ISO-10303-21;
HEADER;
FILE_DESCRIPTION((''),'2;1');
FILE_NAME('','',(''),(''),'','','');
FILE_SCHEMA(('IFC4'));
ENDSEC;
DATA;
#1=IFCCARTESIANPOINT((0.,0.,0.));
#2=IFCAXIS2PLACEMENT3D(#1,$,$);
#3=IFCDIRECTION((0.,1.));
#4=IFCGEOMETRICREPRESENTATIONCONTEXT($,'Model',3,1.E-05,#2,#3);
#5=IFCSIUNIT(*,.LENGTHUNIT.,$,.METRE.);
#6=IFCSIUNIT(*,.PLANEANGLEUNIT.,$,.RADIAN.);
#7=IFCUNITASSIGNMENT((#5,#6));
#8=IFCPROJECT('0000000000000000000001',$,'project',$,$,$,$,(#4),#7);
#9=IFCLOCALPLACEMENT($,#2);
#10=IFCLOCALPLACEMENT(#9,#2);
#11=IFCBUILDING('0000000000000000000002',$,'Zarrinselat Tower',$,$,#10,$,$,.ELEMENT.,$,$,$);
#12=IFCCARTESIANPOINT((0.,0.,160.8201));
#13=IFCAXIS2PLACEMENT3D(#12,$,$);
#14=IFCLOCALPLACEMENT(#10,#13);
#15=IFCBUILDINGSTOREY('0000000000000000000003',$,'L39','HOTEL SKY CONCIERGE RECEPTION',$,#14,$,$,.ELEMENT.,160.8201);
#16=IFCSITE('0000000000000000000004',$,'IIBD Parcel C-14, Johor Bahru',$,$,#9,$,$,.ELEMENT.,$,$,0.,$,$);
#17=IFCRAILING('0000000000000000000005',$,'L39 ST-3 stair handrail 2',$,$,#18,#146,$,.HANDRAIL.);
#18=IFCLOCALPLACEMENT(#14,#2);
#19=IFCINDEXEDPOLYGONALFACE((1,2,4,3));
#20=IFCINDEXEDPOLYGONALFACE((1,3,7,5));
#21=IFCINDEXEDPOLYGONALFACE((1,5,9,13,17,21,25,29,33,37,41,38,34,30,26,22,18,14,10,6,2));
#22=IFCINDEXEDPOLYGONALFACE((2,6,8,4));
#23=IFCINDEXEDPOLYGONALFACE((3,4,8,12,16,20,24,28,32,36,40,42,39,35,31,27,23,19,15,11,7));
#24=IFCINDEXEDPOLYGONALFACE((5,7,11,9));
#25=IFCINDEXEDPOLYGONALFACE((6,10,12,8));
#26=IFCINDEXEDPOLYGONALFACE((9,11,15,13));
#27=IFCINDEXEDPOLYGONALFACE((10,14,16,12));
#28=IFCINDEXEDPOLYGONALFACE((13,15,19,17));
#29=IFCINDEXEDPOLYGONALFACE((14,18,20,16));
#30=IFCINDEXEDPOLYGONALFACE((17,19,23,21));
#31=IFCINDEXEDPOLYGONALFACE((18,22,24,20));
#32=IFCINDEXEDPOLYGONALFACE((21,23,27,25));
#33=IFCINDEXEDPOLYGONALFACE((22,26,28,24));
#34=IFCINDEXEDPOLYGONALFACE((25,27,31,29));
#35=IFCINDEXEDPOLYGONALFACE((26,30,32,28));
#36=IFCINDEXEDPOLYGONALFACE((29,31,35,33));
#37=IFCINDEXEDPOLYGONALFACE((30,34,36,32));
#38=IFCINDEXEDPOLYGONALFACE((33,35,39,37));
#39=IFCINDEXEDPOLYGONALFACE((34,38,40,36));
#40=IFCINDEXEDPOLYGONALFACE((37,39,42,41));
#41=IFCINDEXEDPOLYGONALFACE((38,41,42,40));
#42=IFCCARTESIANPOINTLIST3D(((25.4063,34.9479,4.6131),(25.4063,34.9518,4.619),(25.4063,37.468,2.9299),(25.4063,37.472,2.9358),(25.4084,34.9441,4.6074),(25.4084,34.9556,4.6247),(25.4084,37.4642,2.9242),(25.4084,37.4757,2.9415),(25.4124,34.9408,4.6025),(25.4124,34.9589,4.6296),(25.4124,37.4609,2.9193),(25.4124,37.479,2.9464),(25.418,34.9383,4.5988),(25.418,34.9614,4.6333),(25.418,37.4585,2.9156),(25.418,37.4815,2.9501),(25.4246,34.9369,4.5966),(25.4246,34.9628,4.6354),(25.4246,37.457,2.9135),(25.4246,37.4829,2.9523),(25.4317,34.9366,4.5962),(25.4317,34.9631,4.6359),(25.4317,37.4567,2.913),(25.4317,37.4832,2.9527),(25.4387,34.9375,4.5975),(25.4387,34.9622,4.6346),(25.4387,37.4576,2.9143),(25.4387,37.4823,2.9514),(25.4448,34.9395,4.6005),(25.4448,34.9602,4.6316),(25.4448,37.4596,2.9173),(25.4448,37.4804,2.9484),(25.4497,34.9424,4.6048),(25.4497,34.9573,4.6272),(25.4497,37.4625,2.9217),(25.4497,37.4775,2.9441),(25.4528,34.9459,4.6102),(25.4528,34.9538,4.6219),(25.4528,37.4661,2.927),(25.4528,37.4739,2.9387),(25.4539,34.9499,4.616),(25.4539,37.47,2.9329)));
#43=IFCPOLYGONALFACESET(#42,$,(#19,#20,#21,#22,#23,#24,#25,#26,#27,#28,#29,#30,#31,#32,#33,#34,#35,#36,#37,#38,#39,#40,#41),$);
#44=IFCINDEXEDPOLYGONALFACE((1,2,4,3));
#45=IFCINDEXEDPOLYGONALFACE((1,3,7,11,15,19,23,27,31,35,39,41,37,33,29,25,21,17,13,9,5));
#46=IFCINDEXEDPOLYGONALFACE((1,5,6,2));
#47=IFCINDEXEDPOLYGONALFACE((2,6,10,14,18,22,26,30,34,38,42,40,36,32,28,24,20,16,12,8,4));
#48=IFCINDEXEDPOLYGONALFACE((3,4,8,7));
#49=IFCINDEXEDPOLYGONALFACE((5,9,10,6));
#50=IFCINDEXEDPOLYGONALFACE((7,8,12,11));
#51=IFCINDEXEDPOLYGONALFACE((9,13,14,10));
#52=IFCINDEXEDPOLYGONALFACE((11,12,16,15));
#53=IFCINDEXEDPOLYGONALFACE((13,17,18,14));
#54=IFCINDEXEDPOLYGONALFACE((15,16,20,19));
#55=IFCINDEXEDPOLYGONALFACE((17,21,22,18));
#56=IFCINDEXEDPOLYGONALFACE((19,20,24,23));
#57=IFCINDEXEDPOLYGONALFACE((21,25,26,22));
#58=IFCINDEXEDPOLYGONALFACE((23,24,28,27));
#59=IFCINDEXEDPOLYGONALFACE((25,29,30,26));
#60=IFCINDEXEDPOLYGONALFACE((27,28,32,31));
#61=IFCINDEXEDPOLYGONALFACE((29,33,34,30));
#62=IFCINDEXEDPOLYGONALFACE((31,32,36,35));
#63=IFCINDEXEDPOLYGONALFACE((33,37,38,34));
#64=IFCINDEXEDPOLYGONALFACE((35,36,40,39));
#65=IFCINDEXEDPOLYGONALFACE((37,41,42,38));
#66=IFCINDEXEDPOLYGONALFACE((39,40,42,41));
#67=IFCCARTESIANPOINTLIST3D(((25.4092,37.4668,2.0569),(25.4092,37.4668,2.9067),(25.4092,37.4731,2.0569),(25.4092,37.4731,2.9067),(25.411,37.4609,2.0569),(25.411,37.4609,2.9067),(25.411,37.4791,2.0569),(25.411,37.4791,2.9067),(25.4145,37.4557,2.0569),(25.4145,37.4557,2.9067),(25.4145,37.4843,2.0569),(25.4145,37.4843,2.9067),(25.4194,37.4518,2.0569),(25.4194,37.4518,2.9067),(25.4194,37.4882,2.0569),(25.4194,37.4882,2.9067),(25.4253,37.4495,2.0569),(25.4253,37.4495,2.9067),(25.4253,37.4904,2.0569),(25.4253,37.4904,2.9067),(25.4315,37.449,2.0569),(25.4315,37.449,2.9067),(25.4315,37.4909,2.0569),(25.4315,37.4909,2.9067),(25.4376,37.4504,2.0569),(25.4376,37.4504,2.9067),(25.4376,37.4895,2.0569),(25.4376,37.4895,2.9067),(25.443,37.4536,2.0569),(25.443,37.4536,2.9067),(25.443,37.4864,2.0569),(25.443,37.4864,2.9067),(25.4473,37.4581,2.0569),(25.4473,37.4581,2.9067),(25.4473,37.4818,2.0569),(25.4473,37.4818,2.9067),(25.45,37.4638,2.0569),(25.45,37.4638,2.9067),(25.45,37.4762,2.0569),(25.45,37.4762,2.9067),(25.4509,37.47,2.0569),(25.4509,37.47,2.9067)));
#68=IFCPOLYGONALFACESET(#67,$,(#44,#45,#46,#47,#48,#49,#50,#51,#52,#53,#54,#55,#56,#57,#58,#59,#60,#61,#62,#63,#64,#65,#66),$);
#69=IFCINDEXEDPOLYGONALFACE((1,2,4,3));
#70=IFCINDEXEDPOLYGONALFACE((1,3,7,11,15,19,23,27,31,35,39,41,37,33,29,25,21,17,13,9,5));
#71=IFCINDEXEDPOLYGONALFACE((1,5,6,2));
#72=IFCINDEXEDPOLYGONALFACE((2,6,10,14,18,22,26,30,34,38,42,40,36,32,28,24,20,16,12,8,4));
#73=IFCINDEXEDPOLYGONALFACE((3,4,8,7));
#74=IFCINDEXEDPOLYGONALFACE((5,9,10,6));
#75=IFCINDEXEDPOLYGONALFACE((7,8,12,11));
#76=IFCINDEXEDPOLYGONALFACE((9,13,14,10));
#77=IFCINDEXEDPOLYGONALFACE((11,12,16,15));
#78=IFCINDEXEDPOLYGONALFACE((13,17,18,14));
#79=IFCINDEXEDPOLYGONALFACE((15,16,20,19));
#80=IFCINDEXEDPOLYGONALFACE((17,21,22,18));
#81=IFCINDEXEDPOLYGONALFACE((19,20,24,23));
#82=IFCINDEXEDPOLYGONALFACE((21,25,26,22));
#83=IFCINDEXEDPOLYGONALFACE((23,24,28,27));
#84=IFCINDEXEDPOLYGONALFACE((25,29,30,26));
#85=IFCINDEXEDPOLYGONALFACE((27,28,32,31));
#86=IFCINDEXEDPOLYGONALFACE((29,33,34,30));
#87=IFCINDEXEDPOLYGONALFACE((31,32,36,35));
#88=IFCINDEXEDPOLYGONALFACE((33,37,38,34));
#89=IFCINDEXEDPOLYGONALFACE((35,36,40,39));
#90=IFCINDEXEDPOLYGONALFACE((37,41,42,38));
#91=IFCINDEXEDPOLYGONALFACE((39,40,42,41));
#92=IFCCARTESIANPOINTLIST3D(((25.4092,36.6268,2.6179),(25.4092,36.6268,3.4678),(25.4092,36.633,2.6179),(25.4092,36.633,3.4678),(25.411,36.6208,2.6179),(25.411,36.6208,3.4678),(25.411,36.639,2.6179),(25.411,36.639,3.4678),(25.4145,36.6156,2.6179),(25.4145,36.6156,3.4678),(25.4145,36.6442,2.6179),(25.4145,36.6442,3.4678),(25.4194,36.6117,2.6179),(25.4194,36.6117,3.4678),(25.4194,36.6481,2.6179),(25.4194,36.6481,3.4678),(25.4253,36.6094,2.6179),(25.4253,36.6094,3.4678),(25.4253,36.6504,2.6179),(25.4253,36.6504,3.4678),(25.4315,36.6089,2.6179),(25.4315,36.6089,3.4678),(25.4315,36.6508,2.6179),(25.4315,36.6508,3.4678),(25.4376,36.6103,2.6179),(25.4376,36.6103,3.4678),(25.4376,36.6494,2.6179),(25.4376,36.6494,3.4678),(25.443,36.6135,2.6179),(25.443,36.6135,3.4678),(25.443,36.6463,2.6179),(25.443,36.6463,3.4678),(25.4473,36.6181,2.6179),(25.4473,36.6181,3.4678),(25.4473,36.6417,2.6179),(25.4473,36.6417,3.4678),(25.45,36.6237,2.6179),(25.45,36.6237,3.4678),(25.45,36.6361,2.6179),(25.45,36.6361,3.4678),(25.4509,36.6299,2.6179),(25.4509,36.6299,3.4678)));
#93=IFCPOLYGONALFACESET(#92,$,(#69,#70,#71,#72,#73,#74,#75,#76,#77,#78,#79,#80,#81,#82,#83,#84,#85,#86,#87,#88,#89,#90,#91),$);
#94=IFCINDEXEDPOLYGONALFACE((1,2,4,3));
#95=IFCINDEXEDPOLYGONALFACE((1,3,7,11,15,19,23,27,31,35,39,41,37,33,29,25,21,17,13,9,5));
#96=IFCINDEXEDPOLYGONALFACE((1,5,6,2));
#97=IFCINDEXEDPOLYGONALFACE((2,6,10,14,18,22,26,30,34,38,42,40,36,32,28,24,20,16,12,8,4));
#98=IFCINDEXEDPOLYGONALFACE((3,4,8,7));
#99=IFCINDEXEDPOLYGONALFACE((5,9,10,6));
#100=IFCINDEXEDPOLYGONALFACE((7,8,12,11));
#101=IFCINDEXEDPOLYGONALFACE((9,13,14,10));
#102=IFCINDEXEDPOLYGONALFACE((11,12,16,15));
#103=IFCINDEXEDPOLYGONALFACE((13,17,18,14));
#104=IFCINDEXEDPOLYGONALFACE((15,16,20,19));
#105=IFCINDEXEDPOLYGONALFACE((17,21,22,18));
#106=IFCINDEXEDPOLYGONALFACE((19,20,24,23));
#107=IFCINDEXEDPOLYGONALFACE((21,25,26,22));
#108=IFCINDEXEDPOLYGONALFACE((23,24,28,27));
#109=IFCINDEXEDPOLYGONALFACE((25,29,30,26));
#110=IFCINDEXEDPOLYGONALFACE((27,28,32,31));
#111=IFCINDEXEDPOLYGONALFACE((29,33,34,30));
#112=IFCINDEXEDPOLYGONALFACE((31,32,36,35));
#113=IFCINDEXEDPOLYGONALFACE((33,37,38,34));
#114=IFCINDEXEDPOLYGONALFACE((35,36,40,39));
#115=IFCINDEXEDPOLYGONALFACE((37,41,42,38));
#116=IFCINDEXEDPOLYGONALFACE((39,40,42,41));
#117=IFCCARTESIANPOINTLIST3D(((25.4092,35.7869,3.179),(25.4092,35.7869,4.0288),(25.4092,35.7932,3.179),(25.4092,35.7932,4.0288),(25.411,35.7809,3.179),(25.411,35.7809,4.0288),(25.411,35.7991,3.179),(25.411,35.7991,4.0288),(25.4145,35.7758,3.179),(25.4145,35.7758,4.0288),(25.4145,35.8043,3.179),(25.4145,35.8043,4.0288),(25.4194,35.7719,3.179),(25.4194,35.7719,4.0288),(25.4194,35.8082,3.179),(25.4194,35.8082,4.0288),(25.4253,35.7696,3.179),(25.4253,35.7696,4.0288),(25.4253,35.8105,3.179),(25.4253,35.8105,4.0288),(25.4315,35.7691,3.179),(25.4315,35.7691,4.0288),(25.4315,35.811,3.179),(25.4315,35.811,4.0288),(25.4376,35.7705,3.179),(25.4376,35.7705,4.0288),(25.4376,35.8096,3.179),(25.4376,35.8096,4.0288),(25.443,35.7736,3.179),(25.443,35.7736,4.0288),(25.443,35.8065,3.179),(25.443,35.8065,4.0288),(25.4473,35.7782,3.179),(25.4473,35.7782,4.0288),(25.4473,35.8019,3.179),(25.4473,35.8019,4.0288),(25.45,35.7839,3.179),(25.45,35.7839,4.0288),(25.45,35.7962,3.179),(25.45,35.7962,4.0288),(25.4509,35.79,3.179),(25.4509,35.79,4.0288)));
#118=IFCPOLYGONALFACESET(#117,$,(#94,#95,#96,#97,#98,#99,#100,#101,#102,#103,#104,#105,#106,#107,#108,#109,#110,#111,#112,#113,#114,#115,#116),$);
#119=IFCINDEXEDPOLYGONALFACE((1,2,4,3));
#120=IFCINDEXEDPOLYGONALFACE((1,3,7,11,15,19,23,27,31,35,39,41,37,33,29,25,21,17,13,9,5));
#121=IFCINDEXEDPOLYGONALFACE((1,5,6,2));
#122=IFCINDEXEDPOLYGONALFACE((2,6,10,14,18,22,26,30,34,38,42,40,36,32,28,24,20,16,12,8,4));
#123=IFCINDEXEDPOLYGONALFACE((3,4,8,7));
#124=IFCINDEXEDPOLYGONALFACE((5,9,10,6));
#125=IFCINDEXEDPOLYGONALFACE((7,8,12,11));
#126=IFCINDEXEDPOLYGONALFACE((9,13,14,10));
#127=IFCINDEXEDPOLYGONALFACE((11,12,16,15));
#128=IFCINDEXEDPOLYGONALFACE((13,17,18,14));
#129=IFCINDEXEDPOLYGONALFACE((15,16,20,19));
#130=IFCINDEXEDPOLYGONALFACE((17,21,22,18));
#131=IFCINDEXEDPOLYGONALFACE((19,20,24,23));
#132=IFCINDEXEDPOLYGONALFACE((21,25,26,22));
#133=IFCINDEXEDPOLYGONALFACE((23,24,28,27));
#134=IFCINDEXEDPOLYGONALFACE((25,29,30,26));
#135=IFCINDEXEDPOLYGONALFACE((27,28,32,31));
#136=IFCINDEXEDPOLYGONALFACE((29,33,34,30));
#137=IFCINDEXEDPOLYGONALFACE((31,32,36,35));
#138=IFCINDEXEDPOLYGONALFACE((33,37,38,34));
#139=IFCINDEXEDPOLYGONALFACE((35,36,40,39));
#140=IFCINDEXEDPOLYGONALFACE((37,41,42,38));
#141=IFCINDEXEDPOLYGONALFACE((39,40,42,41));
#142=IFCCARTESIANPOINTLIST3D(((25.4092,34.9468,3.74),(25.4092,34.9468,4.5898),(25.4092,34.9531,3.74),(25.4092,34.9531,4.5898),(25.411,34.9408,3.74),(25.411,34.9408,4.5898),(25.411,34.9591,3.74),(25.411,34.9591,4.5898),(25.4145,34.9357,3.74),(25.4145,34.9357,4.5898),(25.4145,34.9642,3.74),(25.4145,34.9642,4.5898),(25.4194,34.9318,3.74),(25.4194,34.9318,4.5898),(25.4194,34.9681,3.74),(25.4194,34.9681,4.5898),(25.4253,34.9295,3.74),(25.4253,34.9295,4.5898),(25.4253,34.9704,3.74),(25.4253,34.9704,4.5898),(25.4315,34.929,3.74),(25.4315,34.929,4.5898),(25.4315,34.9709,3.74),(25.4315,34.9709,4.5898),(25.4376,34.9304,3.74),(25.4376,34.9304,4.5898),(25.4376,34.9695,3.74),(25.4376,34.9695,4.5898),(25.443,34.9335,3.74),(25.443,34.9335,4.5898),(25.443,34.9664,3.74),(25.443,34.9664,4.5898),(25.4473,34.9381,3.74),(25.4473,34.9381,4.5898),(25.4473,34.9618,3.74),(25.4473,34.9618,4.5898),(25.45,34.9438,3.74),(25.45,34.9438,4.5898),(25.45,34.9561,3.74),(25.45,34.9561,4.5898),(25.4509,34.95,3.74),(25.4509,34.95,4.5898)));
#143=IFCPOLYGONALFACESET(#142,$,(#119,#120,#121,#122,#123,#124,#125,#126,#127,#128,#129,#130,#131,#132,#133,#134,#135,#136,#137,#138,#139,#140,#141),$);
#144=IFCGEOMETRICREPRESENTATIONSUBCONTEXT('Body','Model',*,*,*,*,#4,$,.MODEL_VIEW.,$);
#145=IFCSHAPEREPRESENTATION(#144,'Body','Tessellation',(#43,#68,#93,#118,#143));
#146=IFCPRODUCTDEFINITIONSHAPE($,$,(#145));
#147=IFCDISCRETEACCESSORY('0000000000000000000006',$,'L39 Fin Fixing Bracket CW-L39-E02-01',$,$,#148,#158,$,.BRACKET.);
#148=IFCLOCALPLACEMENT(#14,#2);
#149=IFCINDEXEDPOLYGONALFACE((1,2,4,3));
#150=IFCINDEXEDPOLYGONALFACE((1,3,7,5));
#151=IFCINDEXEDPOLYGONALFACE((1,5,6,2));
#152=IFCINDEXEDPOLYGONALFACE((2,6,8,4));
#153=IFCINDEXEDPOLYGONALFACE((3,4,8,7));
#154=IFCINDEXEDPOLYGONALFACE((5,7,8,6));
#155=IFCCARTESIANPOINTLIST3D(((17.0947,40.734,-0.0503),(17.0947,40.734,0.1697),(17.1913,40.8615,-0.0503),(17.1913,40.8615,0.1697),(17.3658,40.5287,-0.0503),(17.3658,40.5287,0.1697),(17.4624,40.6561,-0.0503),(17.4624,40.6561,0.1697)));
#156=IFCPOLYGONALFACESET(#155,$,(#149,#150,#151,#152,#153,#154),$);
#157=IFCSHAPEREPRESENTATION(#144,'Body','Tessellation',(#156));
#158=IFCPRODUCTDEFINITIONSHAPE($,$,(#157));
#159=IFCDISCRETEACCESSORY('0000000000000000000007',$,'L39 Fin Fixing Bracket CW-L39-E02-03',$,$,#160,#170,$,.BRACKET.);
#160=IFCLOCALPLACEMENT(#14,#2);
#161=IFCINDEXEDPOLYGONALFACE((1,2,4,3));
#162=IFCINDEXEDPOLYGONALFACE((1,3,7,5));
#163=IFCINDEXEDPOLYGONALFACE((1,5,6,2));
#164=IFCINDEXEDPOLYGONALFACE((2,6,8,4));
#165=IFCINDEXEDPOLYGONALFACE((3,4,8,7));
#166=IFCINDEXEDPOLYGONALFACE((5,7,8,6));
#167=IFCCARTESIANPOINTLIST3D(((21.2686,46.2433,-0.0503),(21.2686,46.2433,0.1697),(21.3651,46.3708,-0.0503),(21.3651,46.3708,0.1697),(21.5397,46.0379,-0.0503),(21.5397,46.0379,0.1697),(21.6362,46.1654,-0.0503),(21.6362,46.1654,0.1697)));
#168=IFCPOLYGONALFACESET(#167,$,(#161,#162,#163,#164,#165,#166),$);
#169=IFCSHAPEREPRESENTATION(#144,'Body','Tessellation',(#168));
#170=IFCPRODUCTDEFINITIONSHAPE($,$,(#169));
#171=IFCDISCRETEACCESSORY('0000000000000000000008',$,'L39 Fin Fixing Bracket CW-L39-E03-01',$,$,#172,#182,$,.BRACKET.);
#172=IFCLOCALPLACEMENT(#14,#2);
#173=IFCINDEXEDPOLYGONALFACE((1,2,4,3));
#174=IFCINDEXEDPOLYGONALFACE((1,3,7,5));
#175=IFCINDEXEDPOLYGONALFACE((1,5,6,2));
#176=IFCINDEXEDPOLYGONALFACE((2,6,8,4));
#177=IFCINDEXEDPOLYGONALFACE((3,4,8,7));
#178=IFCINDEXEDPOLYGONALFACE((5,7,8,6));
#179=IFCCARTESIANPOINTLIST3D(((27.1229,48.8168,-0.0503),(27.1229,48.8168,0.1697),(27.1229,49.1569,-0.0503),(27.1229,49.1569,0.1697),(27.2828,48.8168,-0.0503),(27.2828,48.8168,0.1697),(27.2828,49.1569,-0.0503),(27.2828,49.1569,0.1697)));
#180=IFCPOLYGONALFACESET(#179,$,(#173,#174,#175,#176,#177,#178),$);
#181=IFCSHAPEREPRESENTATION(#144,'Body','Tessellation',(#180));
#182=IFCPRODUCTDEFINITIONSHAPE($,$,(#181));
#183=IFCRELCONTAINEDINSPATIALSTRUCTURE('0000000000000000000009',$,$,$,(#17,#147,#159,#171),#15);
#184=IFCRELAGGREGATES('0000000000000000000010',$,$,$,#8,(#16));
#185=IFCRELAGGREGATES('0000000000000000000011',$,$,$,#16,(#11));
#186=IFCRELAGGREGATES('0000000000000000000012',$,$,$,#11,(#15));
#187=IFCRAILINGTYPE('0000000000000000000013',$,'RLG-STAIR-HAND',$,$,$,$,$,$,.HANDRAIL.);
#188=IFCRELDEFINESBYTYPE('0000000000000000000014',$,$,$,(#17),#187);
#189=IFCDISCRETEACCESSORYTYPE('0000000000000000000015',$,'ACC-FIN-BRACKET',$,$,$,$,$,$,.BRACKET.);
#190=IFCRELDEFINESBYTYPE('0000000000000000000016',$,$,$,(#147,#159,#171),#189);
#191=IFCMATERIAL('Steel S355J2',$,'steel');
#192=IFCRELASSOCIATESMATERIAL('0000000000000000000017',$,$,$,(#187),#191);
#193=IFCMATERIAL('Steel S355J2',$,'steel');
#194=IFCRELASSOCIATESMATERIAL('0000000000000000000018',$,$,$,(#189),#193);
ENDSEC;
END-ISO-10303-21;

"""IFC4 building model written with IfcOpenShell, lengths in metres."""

from ifc_helpers import new_model, si_unit, direction, frame, origin, origin_2d, place, context, subcontext, project, spatial, rectangle, circle, extrude, material, type_object, element, save


model = new_model("IFC4")

# Units and contexts
model_context = context("Model", 3, precision=1e-05, world=origin(), true_north=direction((0.0, 1.0)))
body_context = subcontext(model_context, "Body", "Model", "MODEL_VIEW")
ifc_project = project(units=[si_unit("LENGTHUNIT", "METRE"), si_unit("PLANEANGLEUNIT", "RADIAN")], contexts=[model_context])

# Site, building, storey
site_placement = place(None, origin())
site = spatial("IfcSite", under=ifc_project, at=site_placement, Name="IIBD Parcel C-14, Johor Bahru", CompositionType="ELEMENT", RefElevation=0.0)
building_placement = place(site_placement, origin())
building = spatial("IfcBuilding", under=site, at=building_placement, Name="Zarrinselat Tower", CompositionType="ELEMENT")
storey_placement = place(building_placement, frame((0.0, 0.0, 160.8201)))
storey = spatial("IfcBuildingStorey", under=building, at=storey_placement, Name="L39", Description="HOTEL SKY CONCIERGE RECEPTION", CompositionType="ELEMENT", Elevation=160.8201)

# Railing
ifc_material_1 = material(Name="Steel S355J2", Category="steel")
railing_type_1 = type_object("IfcRailingType", Name="RLG-STAIR-HAND", PredefinedType="HANDRAIL", material=ifc_material_1)
railing_1_placement = place(storey_placement, frame((25.4299, 37.47, 2.0569)))
element("IfcRailing", 1, at=railing_1_placement, inside=storey, type_object=railing_type_1, Name="L39 ST-3 stair handrail 2", PredefinedType="HANDRAIL", context=body_context, shape_type="SweptSolid", body=[
    extrude(circle(Radius=0.0239, at=origin_2d()), frame((0.0, 0.0, 0.876), z_axis=(0.0, -0.831579, 0.555406), x_axis=(1.0, 0.0, 0.0)), (0.0, 0.0, 1.0), 3.0305),
    extrude(circle(Radius=0.021, at=origin_2d()), origin(), (0.0, 0.0, 1.0), 0.8499),
    extrude(circle(Radius=0.021, at=origin_2d()), frame((0.0, -0.8401, 0.561)), (0.0, 0.0, 1.0), 0.8499),
    extrude(circle(Radius=0.021, at=origin_2d()), frame((0.0, -1.6799, 1.1221)), (0.0, 0.0, 1.0), 0.8499),
    extrude(circle(Radius=0.021, at=origin_2d()), frame((0.0, -2.52, 1.6831)), (0.0, 0.0, 1.0), 0.8499),
])

# Discrete accessories
ifc_material_2 = material(Name="Steel S355J2", Category="steel")
discrete_accessory_type = type_object("IfcDiscreteAccessoryType", Name="ACC-FIN-BRACKET", PredefinedType="BRACKET", material=ifc_material_2)
for number, where, z_axis, x_axis, name in (
    (2, (17.2786, 40.6951, -0.0503), (0.0, 0.0, 1.0), (-0.797092, 0.603858, 0.0), "L39 Fin Fixing Bracket CW-L39-E02-01"),
    (3, (21.4524, 46.2043, -0.0503), (0.0, 0.0, 1.0), (-0.797092, 0.603858, 0.0), "L39 Fin Fixing Bracket CW-L39-E02-03"),
    (4, (27.2029, 48.9868, -0.0503), (0.0, 0.0, 1.0), (0.0, 1.0, 0.0), "L39 Fin Fixing Bracket CW-L39-E03-01"),
):
    element("IfcDiscreteAccessory", number, at=place(storey_placement, frame(where, z_axis=z_axis, x_axis=x_axis)), inside=storey, type_object=discrete_accessory_type, Name=name, PredefinedType="BRACKET", context=body_context, shape_type="SweptSolid", body=[
        extrude(rectangle(XDim=0.3401, YDim=0.1599, at=origin_2d()), origin(), (0.0, 0.0, 1.0), 0.22),
    ])

save(model, "model.ifc")
